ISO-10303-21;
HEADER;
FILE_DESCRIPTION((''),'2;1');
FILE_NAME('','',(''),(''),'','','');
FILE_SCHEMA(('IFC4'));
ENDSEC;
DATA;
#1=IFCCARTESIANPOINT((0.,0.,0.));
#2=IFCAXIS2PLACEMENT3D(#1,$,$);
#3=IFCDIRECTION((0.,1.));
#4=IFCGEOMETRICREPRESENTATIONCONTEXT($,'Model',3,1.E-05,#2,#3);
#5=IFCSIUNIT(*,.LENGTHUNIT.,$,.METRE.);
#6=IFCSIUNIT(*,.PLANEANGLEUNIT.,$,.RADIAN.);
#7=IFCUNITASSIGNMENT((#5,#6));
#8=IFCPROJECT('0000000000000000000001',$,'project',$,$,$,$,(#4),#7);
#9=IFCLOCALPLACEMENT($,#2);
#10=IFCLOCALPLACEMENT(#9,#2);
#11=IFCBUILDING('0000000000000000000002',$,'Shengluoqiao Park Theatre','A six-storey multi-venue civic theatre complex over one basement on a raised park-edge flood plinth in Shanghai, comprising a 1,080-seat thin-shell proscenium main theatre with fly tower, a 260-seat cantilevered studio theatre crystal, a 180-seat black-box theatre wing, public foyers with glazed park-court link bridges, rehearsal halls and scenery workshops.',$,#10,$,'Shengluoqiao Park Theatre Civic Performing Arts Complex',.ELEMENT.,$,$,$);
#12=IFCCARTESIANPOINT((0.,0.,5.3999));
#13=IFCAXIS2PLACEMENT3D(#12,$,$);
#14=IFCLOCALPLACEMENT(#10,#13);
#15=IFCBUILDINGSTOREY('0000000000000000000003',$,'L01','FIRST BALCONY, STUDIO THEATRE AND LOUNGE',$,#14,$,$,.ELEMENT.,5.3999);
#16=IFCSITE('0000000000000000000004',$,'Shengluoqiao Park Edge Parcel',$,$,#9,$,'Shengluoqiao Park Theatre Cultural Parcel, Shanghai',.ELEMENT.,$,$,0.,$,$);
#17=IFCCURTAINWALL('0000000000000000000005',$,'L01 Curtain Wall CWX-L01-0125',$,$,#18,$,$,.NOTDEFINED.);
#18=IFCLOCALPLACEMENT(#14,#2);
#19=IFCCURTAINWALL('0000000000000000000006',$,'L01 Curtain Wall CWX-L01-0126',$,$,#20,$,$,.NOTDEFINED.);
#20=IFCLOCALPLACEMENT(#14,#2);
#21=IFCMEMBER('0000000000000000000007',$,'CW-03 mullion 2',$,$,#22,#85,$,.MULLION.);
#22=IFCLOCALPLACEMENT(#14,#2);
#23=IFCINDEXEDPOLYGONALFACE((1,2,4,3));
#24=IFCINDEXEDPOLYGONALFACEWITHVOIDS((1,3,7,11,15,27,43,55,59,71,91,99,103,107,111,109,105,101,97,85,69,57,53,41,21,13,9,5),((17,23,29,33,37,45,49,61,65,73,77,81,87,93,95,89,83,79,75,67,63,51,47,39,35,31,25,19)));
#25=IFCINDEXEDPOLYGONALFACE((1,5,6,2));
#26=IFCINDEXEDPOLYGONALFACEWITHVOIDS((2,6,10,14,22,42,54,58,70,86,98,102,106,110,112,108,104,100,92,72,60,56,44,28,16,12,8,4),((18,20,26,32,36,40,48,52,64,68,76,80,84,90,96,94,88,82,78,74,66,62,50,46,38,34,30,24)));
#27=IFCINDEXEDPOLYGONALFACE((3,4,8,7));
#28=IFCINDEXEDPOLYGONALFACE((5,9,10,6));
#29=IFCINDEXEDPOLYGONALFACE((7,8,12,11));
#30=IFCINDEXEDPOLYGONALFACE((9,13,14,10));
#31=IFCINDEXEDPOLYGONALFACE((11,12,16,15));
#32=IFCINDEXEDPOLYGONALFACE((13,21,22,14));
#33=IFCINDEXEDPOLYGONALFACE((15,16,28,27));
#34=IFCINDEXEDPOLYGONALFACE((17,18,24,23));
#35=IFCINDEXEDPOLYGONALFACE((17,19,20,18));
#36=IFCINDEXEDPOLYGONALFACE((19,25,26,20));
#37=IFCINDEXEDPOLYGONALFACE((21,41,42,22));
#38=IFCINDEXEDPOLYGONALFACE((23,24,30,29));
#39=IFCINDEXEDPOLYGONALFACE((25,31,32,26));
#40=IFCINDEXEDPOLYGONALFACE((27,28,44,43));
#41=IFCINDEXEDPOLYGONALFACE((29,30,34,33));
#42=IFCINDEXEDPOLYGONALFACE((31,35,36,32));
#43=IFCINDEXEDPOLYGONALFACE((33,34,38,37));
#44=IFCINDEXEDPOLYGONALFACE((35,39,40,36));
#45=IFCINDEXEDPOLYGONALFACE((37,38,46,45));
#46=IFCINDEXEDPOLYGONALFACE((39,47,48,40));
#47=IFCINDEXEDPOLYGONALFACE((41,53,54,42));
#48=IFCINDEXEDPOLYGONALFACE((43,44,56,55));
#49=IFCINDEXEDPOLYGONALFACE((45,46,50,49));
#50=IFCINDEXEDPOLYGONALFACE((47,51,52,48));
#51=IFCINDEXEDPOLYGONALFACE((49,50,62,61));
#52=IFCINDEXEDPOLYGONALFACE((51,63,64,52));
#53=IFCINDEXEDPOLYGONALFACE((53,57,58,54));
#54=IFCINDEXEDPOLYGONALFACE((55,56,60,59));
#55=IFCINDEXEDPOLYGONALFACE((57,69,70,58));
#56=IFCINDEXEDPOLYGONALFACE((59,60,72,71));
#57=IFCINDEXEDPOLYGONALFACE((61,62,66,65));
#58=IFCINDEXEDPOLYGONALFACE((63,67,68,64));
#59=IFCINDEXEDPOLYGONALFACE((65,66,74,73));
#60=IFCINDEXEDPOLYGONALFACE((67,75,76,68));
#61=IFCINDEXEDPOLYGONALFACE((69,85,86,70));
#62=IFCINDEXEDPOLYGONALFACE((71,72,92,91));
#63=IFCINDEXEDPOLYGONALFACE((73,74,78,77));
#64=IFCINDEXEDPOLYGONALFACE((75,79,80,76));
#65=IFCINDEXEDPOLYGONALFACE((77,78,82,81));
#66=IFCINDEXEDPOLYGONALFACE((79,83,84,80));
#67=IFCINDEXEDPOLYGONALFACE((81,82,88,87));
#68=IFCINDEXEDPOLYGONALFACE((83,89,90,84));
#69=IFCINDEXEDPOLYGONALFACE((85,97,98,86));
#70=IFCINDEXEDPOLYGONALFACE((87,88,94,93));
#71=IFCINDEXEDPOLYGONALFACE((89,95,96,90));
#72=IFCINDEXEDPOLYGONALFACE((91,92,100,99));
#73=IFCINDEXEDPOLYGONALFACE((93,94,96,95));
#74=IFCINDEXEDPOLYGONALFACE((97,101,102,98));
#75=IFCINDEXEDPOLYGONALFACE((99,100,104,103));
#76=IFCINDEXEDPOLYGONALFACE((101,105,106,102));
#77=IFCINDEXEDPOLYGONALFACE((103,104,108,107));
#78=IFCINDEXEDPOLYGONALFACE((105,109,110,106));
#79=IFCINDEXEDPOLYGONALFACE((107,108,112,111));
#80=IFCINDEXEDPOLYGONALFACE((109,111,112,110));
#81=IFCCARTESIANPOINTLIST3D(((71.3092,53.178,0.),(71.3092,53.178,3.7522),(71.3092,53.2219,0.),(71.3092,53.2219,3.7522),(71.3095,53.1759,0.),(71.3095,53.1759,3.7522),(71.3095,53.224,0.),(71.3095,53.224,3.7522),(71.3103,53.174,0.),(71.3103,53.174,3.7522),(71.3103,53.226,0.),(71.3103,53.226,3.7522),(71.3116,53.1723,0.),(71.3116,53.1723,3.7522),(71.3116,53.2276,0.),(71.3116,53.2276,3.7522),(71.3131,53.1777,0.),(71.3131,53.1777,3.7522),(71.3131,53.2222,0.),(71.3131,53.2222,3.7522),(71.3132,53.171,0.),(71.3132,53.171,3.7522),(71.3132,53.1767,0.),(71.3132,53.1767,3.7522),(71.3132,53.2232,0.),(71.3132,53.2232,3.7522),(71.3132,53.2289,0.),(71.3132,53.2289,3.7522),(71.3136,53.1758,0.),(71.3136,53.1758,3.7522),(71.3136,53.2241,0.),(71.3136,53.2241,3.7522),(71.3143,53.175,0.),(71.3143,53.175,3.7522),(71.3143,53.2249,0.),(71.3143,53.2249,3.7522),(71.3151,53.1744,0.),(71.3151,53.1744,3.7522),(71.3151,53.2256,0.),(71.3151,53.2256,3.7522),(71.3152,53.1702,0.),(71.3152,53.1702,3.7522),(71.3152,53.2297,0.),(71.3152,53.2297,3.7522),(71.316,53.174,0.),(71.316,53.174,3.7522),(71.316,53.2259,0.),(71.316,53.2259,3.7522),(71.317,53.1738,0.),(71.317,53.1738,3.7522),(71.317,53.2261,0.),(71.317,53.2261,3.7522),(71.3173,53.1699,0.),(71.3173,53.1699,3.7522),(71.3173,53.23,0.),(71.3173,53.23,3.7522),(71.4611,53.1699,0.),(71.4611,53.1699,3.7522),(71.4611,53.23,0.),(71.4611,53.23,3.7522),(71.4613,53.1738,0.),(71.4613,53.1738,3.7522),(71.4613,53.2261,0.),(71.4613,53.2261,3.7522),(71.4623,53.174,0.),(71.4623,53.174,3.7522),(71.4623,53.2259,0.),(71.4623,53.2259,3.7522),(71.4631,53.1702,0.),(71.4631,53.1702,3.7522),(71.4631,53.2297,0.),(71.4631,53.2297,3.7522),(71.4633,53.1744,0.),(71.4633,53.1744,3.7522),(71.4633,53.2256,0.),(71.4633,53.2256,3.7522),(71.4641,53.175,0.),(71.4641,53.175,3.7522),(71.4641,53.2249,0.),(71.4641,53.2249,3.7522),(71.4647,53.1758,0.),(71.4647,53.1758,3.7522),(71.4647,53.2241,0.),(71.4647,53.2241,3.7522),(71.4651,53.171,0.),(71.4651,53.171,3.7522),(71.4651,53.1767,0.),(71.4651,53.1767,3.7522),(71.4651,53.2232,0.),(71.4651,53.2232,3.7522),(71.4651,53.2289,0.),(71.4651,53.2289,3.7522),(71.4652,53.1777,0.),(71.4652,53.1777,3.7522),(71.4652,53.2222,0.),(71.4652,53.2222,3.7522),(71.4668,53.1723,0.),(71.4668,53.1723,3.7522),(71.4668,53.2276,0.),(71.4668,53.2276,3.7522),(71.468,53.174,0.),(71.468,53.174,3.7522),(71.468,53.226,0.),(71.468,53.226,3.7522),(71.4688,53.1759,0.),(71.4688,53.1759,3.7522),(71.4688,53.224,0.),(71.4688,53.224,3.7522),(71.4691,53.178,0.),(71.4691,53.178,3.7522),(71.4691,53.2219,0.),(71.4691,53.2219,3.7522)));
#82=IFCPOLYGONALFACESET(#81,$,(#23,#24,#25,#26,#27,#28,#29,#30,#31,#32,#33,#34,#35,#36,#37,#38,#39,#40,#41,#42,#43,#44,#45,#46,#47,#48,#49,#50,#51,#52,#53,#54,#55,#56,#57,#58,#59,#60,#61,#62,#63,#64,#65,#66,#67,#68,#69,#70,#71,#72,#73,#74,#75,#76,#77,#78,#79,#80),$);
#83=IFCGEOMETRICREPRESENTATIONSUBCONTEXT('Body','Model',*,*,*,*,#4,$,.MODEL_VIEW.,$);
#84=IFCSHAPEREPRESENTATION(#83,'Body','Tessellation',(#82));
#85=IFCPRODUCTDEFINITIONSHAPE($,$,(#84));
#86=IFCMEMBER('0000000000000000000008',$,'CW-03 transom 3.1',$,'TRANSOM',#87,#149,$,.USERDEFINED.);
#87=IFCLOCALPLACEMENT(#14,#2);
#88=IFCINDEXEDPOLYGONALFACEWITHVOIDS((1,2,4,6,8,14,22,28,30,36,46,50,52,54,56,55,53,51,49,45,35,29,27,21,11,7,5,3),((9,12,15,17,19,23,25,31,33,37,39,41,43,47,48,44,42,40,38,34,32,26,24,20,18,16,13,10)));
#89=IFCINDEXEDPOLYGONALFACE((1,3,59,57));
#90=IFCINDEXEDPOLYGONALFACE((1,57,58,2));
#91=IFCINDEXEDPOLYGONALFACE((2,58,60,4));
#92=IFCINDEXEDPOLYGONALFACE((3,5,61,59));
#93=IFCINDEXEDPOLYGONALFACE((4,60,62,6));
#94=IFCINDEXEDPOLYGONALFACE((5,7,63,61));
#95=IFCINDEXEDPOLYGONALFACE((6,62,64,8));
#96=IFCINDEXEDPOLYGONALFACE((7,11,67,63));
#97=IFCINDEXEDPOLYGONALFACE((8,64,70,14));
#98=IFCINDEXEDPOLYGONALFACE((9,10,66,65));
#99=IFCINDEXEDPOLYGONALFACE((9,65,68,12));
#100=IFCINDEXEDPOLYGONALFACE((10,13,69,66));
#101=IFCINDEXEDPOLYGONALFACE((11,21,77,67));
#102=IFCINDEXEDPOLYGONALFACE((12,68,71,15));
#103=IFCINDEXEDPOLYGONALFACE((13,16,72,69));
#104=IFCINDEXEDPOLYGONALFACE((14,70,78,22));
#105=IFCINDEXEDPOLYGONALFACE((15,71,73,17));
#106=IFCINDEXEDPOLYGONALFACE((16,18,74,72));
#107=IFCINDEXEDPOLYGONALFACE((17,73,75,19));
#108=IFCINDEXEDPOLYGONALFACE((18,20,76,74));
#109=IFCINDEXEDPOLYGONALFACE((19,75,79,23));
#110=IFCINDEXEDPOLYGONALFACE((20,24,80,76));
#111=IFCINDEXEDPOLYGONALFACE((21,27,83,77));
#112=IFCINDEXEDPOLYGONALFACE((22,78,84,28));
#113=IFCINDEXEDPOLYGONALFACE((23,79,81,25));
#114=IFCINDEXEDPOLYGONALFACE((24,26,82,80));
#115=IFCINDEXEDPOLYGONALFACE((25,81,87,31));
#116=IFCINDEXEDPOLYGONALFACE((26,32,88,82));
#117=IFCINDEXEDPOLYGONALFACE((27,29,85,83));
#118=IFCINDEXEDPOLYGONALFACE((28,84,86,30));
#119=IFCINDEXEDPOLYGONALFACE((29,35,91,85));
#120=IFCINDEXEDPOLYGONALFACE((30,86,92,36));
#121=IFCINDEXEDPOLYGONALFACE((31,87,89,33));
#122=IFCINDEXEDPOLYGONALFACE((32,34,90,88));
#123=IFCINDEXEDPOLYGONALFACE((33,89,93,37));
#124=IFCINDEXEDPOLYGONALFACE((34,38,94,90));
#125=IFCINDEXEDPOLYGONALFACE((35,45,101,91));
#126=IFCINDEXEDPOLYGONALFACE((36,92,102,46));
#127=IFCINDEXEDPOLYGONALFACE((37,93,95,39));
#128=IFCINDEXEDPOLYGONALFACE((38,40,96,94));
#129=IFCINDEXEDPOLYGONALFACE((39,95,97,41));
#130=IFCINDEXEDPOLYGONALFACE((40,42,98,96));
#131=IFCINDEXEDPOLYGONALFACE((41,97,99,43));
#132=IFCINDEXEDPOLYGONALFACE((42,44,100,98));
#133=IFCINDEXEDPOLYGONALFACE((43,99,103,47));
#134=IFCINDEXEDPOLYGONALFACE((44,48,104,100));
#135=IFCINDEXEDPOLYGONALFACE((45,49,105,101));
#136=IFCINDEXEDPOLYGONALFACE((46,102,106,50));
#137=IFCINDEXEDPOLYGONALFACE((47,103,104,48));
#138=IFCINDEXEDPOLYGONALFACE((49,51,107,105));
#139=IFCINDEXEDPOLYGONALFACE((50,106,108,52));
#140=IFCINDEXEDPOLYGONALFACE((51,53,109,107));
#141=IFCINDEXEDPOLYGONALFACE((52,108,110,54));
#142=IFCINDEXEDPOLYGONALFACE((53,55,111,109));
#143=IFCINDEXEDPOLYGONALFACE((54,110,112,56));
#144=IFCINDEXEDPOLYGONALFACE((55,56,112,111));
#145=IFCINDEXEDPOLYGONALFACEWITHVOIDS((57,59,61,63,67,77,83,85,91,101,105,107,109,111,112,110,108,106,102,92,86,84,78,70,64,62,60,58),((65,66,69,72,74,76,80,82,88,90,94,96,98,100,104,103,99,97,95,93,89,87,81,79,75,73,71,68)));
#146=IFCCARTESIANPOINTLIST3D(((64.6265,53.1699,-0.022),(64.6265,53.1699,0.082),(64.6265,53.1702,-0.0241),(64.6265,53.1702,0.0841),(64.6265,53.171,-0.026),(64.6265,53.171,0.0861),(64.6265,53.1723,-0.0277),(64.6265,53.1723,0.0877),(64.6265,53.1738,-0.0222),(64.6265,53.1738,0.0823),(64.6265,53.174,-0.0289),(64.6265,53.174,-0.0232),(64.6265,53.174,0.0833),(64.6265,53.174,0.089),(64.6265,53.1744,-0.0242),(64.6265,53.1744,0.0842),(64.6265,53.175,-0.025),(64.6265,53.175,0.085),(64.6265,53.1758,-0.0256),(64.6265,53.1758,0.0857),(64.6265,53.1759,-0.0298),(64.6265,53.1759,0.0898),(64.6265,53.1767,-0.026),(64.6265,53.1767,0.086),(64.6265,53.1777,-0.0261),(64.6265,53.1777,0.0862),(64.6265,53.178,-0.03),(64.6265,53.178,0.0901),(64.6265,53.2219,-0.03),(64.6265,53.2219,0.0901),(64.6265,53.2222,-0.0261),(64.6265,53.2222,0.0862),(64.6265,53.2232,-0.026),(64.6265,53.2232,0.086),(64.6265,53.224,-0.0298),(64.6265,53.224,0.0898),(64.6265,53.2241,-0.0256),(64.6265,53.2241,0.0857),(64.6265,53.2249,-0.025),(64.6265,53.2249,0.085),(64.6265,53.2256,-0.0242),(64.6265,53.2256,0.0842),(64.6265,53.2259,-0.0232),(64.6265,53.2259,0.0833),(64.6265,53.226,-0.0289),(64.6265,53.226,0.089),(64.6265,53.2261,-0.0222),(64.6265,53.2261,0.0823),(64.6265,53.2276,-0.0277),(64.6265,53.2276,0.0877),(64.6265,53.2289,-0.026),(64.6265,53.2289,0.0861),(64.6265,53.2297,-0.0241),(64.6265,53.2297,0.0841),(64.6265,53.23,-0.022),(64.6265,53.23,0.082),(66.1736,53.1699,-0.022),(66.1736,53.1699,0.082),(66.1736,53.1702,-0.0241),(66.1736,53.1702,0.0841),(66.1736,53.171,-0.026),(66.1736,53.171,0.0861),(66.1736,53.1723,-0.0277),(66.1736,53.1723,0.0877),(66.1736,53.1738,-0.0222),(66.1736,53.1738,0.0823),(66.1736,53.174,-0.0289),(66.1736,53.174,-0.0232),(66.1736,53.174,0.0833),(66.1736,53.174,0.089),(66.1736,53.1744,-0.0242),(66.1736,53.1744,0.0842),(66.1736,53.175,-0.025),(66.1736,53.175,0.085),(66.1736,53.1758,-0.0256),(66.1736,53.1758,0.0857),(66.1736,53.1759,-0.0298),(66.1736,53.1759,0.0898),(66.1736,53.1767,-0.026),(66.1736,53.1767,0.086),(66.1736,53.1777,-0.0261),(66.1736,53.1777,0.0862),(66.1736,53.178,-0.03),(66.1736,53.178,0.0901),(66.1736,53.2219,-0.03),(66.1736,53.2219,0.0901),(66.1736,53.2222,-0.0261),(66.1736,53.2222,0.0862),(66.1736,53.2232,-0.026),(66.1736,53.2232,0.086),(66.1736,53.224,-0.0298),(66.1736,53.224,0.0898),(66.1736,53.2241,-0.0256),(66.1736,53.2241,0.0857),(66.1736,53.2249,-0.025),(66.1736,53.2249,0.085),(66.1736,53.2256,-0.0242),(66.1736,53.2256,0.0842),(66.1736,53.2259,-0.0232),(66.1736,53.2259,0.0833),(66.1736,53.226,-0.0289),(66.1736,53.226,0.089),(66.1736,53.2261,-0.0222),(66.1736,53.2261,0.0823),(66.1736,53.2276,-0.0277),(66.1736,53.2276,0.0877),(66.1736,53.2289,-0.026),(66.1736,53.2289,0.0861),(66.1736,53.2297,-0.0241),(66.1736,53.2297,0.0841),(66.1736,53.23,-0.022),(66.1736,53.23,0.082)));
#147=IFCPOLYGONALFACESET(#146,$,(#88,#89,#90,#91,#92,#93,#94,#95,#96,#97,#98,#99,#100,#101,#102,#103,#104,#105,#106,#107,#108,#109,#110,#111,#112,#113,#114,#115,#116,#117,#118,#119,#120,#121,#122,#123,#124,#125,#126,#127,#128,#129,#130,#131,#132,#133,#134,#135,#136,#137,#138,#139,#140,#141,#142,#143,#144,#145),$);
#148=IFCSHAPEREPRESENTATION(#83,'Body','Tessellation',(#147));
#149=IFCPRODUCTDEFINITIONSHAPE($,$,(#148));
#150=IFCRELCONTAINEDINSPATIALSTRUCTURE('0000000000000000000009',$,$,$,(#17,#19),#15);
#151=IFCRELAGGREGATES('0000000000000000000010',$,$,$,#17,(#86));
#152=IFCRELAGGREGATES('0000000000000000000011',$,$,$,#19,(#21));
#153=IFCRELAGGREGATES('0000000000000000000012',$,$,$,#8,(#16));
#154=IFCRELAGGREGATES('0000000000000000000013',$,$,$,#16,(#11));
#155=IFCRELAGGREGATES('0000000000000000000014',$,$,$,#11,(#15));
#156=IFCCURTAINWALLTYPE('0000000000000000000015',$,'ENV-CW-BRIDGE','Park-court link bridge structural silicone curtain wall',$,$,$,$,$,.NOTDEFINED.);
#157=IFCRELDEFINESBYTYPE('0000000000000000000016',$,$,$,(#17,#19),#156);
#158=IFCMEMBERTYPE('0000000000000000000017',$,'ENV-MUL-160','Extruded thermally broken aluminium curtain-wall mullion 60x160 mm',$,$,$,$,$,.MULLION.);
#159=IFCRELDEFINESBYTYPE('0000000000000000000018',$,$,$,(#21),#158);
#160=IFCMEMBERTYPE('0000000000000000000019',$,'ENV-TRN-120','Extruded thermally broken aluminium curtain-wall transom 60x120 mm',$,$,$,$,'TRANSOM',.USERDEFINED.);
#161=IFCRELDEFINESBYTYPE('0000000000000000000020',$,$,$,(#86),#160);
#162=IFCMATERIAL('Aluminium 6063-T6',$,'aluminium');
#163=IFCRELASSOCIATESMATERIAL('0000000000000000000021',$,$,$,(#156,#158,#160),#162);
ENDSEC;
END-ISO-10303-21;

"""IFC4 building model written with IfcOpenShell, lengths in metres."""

from ifc_helpers import new_model, si_unit, direction, frame, origin, origin_2d, place, context, subcontext, project, spatial, hollow_rectangle, extrude, material, material_profile, profile_set, type_object, element, aggregate, save


model = new_model("IFC4")

# Units and contexts
model_context = context("Model", 3, precision=1e-05, world=origin(), true_north=direction((0.0, 1.0)))
body_context = subcontext(model_context, "Body", "Model", "MODEL_VIEW")
ifc_project = project(units=[si_unit("LENGTHUNIT", "METRE"), si_unit("PLANEANGLEUNIT", "RADIAN")], contexts=[model_context])

# Site, building, storey
site_placement = place(None, origin())
site = spatial("IfcSite", under=ifc_project, at=site_placement, Name="Shengluoqiao Park Edge Parcel", LongName="Shengluoqiao Park Theatre Cultural Parcel, Shanghai", CompositionType="ELEMENT", RefElevation=0.0)
building_placement = place(site_placement, origin())
building = spatial("IfcBuilding", under=site, at=building_placement, Name="Shengluoqiao Park Theatre", Description="A six-storey multi-venue civic theatre complex over one basement on a raised park-edge flood plinth in Shanghai, comprising a 1,080-seat thin-shell proscenium main theatre with fly tower, a 260-seat cantilevered studio theatre crystal, a 180-seat black-box theatre wing, public foyers with glazed park-court link bridges, rehearsal halls and scenery workshops.", LongName="Shengluoqiao Park Theatre Civic Performing Arts Complex", CompositionType="ELEMENT")
storey_placement = place(building_placement, frame((0.0, 0.0, 5.3999)))
storey = spatial("IfcBuildingStorey", under=building, at=storey_placement, Name="L01", Description="FIRST BALCONY, STUDIO THEATRE AND LOUNGE", CompositionType="ELEMENT", Elevation=5.3999)

# Curtain walls, member
ifc_material_1 = material(Name="Aluminium 6063-T6", Category="aluminium")
curtain_wall_type = type_object("IfcCurtainWallType", Name="ENV-CW-BRIDGE", Description="Park-court link bridge structural silicone curtain wall", PredefinedType="NOTDEFINED", material=ifc_material_1)
curtain_wall_1_placement = place(storey_placement, origin())
curtain_wall_1 = element("IfcCurtainWall", 1, at=curtain_wall_1_placement, inside=storey, type_object=curtain_wall_type, Name="L01 Curtain Wall CWX-L01-0125", PredefinedType="NOTDEFINED")
ifc_material_profile_1 = material_profile(ifc_material_1, hollow_rectangle(XDim=0.0601, YDim=0.1599, WallThickness=0.0039, InnerFilletRadius=0.0039, OuterFilletRadius=0.0081, at=origin_2d()), Name="ALU MULLION 160x60x4")
ifc_profile_set_1 = profile_set([ifc_material_profile_1], Name="Aluminium 6063-T6")
member_type_1 = type_object("IfcMemberType", Name="ENV-MUL-160", Description="Extruded thermally broken aluminium curtain-wall mullion 60x160 mm", PredefinedType="MULLION", material=ifc_profile_set_1)
curtain_wall_2_placement = place(storey_placement, origin())
curtain_wall_2 = element("IfcCurtainWall", 2, at=curtain_wall_2_placement, inside=storey, type_object=curtain_wall_type, Name="L01 Curtain Wall CWX-L01-0126", PredefinedType="NOTDEFINED")
member_1_placement = place(storey_placement, frame((71.3892, 53.2, 0.0), z_axis=(0.0, 0.0, 1.0), x_axis=(0.0, 1.0, 0.0)))
member_1 = element("IfcMember", 3, at=member_1_placement, type_object=member_type_1, Name="CW-03 mullion 2", PredefinedType="MULLION", context=body_context, shape_type="SweptSolid", body=[
    extrude(hollow_rectangle(XDim=0.0601, YDim=0.1599, WallThickness=0.0039, InnerFilletRadius=0.0039, OuterFilletRadius=0.0081, at=origin_2d()), origin(), (0.0, 0.0, 1.0), 3.7522),
])

# Member
ifc_material_profile_2 = material_profile(ifc_material_1, hollow_rectangle(XDim=0.0601, YDim=0.1201, WallThickness=0.0039, InnerFilletRadius=0.0039, OuterFilletRadius=0.0081, at=origin_2d()), Name="ALU TRANSOM 120x60x4")
ifc_profile_set_2 = profile_set([ifc_material_profile_2], Name="Aluminium 6063-T6")
member_type_2 = type_object("IfcMemberType", Name="ENV-TRN-120", Description="Extruded thermally broken aluminium curtain-wall transom 60x120 mm", ElementType="TRANSOM", PredefinedType="USERDEFINED", material=ifc_profile_set_2)
member_2_placement = place(storey_placement, frame((64.6265, 53.2, 0.03), z_axis=(1.0, 0.0, 0.0), x_axis=(0.0, 1.0, 0.0)))
member_2 = element("IfcMember", 4, at=member_2_placement, type_object=member_type_2, Name="CW-03 transom 3.1", ObjectType="TRANSOM", PredefinedType="USERDEFINED", context=body_context, shape_type="SweptSolid", body=[
    extrude(hollow_rectangle(XDim=0.0601, YDim=0.1201, WallThickness=0.0039, InnerFilletRadius=0.0039, OuterFilletRadius=0.0081, at=origin_2d()), origin(), (0.0, 0.0, 1.0), 1.5471),
])

aggregate(curtain_wall_1, [member_2])
aggregate(curtain_wall_2, [member_1])

save(model, "model.ifc")
